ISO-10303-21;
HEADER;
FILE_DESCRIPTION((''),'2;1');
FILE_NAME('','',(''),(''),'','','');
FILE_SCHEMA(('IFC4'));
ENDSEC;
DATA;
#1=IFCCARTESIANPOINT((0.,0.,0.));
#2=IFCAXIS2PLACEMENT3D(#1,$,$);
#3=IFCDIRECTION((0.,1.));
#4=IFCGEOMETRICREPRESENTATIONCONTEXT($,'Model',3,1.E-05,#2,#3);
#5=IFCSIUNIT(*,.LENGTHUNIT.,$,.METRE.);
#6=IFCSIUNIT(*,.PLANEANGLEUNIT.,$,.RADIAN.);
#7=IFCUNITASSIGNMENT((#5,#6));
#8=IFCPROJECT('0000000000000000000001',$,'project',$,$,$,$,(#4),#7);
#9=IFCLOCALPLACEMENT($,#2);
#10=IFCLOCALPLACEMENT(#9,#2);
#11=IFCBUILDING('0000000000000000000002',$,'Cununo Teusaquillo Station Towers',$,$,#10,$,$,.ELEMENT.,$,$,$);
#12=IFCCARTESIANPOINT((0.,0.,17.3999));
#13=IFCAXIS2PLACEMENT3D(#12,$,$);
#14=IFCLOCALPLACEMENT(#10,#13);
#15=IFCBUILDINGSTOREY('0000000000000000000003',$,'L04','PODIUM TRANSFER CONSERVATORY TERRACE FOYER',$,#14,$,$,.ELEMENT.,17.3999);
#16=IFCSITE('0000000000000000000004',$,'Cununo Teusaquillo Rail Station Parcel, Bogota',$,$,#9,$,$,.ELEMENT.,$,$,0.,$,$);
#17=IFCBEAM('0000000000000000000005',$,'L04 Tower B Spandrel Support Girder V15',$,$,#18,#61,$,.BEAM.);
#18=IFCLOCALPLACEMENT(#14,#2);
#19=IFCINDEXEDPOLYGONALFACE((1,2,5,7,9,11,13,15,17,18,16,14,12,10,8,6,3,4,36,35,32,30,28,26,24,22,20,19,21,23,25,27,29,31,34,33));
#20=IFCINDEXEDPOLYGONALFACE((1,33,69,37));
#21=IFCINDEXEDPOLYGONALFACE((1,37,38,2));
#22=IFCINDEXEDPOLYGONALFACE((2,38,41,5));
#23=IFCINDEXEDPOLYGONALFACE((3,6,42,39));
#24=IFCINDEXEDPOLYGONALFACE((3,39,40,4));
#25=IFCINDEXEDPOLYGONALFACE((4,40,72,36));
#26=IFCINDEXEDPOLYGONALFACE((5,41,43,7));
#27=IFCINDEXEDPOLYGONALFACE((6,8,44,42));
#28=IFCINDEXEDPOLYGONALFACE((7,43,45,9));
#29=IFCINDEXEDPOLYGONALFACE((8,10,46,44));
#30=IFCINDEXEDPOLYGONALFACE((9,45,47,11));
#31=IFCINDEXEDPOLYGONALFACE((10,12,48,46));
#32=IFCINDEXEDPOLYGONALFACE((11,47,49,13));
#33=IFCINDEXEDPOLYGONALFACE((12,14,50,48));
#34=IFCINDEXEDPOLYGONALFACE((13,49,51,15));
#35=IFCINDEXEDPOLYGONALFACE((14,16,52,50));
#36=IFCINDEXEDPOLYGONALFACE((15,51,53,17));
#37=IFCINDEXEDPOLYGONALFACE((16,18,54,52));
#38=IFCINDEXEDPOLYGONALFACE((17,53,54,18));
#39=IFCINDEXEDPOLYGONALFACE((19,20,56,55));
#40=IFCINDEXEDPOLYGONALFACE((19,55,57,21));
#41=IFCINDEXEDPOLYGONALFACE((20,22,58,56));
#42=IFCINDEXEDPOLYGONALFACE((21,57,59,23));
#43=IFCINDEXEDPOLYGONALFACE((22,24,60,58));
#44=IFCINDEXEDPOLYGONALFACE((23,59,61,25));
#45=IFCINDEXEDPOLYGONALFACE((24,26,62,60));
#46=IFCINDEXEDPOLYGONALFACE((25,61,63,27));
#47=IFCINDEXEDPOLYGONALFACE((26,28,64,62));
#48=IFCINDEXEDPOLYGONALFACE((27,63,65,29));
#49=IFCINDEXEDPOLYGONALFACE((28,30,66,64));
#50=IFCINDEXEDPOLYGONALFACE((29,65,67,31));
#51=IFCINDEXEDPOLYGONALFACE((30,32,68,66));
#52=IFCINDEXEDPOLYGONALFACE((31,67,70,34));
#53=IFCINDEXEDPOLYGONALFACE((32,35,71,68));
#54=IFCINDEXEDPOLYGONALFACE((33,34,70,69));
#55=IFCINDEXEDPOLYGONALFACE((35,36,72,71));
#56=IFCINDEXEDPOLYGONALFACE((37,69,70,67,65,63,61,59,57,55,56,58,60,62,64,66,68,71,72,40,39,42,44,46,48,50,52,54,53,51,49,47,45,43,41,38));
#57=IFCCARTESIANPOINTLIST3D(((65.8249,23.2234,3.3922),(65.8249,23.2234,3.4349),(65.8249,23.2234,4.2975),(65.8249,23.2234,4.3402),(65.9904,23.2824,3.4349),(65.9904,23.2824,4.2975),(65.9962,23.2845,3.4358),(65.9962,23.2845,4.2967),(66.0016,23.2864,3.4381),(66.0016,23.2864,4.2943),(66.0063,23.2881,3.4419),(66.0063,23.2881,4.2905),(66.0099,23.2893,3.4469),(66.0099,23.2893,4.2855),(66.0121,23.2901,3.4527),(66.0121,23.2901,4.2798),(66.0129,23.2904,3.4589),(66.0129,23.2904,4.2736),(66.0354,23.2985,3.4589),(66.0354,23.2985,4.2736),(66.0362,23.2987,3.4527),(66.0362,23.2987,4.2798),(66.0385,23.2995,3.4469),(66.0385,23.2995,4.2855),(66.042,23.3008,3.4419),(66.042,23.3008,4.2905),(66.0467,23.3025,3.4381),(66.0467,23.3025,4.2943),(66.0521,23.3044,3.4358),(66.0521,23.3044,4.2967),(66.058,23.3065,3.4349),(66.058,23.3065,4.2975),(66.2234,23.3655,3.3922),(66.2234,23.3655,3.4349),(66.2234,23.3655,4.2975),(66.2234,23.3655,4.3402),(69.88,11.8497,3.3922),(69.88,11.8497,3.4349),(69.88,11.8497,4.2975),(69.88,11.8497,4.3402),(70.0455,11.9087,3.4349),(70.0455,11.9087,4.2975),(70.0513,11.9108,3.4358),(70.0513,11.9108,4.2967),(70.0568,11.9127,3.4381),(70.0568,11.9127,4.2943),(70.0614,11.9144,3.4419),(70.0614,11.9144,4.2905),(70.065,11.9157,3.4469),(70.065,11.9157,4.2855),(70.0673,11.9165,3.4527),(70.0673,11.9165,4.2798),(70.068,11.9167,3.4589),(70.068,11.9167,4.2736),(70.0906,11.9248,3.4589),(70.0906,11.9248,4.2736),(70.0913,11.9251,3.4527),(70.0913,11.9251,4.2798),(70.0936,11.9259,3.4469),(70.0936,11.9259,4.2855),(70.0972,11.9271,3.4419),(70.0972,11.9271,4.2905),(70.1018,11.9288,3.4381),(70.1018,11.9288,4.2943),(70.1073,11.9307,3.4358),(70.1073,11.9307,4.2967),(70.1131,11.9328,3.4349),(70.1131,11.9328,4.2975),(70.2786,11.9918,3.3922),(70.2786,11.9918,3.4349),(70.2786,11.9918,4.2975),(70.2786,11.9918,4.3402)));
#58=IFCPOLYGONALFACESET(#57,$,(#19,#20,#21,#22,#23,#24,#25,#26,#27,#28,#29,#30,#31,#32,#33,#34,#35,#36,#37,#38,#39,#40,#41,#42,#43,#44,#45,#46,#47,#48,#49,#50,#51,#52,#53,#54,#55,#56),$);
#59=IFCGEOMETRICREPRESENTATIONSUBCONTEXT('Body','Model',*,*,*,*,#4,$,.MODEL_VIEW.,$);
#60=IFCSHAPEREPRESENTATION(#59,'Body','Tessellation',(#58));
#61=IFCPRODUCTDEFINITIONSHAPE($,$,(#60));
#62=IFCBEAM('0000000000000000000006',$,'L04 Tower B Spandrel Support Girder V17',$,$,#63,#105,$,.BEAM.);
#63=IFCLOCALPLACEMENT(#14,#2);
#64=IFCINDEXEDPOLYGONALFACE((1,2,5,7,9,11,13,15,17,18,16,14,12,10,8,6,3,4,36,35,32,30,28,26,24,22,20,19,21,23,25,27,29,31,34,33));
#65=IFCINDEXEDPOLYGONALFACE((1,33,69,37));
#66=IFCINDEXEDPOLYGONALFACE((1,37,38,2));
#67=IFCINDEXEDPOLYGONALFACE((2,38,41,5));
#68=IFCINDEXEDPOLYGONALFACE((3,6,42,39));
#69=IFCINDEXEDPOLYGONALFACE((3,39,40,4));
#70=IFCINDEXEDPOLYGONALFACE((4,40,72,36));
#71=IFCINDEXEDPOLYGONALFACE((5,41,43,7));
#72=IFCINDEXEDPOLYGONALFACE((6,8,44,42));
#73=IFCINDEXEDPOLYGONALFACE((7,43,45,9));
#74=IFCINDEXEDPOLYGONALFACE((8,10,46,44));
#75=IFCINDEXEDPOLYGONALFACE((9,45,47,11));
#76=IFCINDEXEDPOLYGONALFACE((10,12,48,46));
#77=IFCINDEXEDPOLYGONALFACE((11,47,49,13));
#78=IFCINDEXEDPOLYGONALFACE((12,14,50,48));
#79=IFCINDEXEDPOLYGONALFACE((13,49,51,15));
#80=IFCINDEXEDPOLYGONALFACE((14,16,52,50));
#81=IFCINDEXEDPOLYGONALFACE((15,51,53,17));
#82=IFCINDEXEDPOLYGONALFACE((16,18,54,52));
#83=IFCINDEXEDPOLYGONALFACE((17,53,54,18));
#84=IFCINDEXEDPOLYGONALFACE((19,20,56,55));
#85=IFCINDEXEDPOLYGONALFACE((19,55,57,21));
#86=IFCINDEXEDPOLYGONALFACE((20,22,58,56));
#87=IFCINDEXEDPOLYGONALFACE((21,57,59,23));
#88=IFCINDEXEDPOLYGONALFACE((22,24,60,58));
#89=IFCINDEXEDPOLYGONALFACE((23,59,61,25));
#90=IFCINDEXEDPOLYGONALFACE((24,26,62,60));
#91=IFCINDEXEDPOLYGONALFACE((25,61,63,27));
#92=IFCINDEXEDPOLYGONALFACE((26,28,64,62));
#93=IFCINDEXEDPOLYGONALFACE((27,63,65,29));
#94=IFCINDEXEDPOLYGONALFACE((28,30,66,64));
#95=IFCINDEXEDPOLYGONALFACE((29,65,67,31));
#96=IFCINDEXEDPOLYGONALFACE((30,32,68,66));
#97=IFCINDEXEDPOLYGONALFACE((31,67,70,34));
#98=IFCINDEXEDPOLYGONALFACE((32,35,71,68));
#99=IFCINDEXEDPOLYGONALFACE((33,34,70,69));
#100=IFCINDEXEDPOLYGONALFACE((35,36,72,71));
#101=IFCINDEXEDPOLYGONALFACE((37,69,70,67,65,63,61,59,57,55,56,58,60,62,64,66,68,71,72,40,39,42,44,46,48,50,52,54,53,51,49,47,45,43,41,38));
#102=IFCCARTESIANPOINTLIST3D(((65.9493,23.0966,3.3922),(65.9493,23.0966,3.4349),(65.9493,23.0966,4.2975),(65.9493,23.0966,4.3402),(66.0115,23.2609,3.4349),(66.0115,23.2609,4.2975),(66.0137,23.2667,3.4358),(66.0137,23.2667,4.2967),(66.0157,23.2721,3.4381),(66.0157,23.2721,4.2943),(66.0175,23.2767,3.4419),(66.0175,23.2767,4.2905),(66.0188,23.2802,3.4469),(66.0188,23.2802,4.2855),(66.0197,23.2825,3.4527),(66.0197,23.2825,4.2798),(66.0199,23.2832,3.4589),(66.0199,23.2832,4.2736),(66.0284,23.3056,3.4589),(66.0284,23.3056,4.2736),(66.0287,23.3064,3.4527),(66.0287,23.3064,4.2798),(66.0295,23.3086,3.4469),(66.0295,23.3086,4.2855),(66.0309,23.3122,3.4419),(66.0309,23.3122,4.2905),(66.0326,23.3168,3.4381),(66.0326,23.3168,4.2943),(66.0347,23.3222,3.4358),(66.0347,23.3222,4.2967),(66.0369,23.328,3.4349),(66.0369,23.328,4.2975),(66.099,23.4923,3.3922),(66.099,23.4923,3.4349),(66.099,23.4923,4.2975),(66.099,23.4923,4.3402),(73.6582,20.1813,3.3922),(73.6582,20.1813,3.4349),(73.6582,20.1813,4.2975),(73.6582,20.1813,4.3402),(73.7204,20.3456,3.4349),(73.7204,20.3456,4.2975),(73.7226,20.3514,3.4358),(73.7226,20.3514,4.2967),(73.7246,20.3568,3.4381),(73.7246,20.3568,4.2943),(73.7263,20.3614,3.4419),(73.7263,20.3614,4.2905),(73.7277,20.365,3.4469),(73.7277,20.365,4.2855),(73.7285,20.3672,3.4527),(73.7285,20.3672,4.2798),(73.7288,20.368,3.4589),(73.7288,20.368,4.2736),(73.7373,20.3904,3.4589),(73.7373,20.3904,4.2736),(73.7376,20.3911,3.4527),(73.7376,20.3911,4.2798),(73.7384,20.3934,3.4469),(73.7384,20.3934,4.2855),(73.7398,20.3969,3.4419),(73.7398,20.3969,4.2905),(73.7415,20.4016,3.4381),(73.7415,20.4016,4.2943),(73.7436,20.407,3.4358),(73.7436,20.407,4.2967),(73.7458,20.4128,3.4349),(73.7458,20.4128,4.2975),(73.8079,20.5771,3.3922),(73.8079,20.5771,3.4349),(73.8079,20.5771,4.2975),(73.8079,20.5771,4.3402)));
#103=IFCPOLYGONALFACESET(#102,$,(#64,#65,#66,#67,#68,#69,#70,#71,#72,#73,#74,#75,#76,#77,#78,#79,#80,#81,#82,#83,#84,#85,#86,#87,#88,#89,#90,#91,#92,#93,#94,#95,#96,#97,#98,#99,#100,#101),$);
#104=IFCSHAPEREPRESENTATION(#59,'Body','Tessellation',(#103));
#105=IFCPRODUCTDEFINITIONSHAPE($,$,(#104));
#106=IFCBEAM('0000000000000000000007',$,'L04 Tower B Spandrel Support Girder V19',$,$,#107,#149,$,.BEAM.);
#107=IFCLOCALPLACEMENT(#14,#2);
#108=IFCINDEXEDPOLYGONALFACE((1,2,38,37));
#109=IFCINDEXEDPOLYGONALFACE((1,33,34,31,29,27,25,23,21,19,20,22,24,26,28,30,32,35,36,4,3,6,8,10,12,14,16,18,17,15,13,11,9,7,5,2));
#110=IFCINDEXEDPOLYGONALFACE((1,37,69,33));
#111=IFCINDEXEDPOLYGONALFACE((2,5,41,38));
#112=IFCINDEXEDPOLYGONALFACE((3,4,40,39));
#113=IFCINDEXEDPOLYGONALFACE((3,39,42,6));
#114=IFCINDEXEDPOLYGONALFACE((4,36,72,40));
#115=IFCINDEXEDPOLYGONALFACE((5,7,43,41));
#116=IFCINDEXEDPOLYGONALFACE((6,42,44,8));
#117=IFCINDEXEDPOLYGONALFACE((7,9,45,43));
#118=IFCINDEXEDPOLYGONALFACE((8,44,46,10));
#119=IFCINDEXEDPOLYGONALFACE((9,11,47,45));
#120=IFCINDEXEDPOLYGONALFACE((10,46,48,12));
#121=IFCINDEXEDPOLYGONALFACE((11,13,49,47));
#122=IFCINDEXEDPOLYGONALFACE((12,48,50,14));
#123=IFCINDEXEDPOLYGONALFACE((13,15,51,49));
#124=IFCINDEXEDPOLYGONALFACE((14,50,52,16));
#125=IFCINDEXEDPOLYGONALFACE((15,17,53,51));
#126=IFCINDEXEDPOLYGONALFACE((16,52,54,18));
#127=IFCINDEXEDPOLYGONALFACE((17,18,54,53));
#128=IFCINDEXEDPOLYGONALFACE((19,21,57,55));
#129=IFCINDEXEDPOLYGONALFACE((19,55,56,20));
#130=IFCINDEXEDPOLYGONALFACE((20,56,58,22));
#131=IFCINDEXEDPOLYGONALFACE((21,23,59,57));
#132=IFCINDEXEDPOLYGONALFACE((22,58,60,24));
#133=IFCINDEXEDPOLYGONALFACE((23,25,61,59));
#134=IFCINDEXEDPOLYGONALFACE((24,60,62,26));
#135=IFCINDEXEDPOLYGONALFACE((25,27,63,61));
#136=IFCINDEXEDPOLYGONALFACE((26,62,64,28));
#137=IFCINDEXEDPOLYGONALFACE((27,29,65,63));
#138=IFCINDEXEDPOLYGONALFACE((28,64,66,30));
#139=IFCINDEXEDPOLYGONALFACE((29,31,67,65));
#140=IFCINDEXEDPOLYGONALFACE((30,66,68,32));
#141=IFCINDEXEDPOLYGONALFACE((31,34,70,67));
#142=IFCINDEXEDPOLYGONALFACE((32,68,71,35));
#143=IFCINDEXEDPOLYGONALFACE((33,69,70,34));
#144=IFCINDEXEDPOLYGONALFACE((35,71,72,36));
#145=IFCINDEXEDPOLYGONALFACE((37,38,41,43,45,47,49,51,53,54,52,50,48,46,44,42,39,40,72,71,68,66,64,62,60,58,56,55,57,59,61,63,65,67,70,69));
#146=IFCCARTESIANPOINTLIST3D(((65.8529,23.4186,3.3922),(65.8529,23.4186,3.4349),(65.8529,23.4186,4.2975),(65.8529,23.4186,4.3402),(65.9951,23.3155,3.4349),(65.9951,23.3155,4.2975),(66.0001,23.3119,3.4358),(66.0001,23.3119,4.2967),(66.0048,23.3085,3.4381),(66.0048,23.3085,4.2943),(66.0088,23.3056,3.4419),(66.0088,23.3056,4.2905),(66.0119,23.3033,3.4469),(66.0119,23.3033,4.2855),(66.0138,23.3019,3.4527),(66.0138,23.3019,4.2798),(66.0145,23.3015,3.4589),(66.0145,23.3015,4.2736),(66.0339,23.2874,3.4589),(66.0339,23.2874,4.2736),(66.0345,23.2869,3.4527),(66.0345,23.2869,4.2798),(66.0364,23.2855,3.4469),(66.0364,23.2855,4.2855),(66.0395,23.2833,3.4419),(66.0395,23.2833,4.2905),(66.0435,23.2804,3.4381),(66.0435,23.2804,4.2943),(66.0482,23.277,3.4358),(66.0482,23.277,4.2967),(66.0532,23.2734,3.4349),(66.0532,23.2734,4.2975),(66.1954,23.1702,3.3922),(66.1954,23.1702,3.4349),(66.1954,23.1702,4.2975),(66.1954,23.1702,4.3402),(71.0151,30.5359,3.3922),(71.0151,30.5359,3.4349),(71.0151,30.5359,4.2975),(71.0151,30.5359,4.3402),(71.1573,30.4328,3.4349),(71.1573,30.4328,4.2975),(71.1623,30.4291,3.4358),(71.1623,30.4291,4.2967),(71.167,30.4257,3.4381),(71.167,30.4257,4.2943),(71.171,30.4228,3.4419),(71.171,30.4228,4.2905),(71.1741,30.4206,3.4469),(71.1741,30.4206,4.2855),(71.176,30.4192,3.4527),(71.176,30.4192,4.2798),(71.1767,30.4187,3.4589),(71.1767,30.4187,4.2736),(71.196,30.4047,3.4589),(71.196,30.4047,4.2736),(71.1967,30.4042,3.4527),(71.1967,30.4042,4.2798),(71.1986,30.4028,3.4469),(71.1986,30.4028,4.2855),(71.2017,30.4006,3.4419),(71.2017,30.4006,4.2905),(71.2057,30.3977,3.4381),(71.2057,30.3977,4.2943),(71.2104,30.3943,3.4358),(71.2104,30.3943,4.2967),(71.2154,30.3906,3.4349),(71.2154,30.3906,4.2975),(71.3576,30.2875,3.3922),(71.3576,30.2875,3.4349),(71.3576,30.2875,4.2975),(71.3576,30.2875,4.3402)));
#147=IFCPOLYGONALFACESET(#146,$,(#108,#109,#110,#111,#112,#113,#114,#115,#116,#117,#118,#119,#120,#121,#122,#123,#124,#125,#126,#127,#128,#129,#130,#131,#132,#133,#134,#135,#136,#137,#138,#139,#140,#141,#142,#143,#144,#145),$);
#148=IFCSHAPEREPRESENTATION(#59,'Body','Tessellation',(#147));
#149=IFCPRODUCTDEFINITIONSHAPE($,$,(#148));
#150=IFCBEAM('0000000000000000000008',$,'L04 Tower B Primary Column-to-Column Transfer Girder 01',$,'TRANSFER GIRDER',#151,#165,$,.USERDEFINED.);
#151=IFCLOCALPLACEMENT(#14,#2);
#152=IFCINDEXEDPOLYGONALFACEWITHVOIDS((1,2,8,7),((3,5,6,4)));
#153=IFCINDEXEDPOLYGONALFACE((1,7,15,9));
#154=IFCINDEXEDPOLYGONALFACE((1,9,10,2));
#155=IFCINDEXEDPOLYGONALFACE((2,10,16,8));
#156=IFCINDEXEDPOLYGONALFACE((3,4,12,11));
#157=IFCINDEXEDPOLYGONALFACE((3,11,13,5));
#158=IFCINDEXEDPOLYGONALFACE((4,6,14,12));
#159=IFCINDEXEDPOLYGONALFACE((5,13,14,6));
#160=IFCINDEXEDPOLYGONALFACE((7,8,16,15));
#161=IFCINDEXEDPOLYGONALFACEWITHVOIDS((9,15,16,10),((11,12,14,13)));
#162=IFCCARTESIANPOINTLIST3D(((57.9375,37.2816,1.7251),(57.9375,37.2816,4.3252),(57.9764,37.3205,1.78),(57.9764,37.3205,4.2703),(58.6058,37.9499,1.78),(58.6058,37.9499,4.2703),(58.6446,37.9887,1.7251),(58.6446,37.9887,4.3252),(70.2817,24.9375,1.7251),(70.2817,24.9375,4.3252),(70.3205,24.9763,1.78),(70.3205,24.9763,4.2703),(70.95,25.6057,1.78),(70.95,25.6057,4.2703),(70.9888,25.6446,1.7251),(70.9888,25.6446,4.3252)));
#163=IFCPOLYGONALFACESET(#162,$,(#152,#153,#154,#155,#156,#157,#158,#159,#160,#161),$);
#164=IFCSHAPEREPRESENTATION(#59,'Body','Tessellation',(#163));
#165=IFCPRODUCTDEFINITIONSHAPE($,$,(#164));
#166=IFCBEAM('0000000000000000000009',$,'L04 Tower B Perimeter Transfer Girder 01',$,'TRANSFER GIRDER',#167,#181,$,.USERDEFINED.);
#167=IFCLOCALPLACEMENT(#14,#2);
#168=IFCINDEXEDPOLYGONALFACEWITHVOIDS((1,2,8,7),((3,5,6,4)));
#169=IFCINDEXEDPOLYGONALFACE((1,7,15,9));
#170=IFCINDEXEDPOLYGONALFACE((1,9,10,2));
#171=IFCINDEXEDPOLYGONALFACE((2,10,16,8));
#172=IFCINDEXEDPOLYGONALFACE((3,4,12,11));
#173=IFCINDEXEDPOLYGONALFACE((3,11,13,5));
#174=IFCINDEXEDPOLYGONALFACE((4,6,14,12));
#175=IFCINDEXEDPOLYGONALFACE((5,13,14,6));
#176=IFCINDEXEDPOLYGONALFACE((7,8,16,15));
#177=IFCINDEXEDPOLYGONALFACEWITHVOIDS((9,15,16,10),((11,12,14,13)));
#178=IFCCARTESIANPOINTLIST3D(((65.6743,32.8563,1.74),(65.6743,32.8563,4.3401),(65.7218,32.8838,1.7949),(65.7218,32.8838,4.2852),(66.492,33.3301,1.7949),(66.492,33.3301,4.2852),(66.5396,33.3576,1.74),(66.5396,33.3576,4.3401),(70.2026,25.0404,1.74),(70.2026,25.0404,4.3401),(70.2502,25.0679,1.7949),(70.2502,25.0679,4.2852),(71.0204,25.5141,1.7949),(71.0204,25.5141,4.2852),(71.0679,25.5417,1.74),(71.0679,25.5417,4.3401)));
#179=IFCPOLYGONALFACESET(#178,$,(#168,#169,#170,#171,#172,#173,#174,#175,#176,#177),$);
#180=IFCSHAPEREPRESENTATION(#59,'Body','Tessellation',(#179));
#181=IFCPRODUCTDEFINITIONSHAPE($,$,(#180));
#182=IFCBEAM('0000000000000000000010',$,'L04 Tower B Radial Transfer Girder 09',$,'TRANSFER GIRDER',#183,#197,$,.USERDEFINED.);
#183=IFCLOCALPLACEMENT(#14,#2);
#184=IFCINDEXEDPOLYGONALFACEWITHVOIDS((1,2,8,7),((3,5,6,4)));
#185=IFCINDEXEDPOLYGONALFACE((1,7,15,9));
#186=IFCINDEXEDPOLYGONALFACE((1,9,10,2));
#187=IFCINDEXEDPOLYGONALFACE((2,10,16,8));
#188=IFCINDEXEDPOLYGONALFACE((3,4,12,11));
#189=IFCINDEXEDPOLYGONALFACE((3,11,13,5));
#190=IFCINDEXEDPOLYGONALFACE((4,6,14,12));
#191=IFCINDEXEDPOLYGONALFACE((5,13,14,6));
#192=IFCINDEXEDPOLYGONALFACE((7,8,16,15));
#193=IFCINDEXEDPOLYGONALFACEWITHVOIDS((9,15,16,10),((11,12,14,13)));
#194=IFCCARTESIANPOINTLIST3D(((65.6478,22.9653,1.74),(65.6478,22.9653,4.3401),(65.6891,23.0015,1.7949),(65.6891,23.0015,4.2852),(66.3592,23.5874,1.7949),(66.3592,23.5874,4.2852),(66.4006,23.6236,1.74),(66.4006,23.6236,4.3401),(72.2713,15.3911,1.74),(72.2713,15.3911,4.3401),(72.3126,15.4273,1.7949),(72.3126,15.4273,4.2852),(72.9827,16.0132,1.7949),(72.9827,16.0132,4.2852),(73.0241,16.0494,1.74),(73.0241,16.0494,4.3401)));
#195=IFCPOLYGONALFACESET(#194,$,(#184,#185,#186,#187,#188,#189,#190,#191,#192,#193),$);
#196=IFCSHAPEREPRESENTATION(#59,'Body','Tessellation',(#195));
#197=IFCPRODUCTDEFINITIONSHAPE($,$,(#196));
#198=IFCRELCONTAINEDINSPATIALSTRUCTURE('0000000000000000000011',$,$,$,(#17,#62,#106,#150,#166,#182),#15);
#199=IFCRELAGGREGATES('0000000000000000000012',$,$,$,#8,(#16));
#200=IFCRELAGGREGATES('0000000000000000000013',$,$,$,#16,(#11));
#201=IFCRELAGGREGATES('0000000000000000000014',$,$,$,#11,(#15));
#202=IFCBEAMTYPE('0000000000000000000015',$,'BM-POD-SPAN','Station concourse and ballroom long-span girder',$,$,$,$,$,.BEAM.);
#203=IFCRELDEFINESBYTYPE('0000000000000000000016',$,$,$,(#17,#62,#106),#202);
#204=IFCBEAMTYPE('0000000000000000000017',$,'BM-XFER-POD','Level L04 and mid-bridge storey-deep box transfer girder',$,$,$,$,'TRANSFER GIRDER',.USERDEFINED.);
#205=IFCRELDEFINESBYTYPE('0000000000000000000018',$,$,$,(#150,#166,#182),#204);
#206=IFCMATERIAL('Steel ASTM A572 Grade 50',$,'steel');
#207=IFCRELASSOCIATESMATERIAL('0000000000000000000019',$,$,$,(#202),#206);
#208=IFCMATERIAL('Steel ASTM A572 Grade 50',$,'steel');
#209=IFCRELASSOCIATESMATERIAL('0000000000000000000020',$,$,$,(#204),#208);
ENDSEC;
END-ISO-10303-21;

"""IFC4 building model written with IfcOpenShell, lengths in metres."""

from ifc_helpers import new_model, si_unit, direction, frame, origin, origin_2d, place, context, subcontext, project, spatial, hollow_rectangle, i_section, extrude, material, material_profile, profile_set, type_object, element, save


model = new_model("IFC4")

# Units and contexts
model_context = context("Model", 3, precision=1e-05, world=origin(), true_north=direction((0.0, 1.0)))
body_context = subcontext(model_context, "Body", "Model", "MODEL_VIEW")
ifc_project = project(units=[si_unit("LENGTHUNIT", "METRE"), si_unit("PLANEANGLEUNIT", "RADIAN")], contexts=[model_context])

# Site, building, storey
site_placement = place(None, origin())
site = spatial("IfcSite", under=ifc_project, at=site_placement, Name="Cununo Teusaquillo Rail Station Parcel, Bogota", CompositionType="ELEMENT", RefElevation=0.0)
building_placement = place(site_placement, origin())
building = spatial("IfcBuilding", under=site, at=building_placement, Name="Cununo Teusaquillo Station Towers", CompositionType="ELEMENT")
storey_placement = place(building_placement, frame((0.0, 0.0, 17.3999)))
storey = spatial("IfcBuildingStorey", under=building, at=storey_placement, Name="L04", Description="PODIUM TRANSFER CONSERVATORY TERRACE FOYER", CompositionType="ELEMENT", Elevation=17.3999)

# Beams
ifc_material_1 = material(Name="Steel ASTM A572 Grade 50", Category="steel")
ifc_material_profile_1 = material_profile(ifc_material_1, i_section(OverallWidth=0.4231, OverallDepth=0.948, WebThickness=0.0239, FlangeThickness=0.0427, FilletRadius=0.0239, at=origin_2d()), Name="W36X302")
ifc_profile_set_1 = profile_set([ifc_material_profile_1], Name="Steel ASTM A572 Grade 50")
beam_type_1 = type_object("IfcBeamType", Name="BM-POD-SPAN", Description="Station concourse and ballroom long-span girder", PredefinedType="BEAM", material=ifc_profile_set_1)
beam_1_placement = place(storey_placement, frame((66.0242, 23.2944, 3.8662), z_axis=(0.33583, -0.941922, 0.0), x_axis=(0.941922, 0.33583, 0.0)))
element("IfcBeam", 1, at=beam_1_placement, inside=storey, type_object=beam_type_1, Name="L04 Tower B Spandrel Support Girder V15", PredefinedType="BEAM", context=body_context, shape_type="SweptSolid", body=[
    extrude(i_section(OverallWidth=0.4231, OverallDepth=0.948, WebThickness=0.0239, FlangeThickness=0.0427, FilletRadius=0.0239, at=origin_2d()), origin(), (0.0, 0.0, 1.0), 12.075),
])
beam_2_placement = place(storey_placement, frame((66.0242, 23.2944, 3.8662), z_axis=(0.935352, -0.353719, 0.0), x_axis=(0.353719, 0.935352, 0.0)))
element("IfcBeam", 2, at=beam_2_placement, inside=storey, type_object=beam_type_1, Name="L04 Tower B Spandrel Support Girder V17", PredefinedType="BEAM", context=body_context, shape_type="SweptSolid", body=[
    extrude(i_section(OverallWidth=0.4231, OverallDepth=0.948, WebThickness=0.0239, FlangeThickness=0.0427, FilletRadius=0.0239, at=origin_2d()), origin(), (0.0, 0.0, 1.0), 8.2417),
])
beam_3_placement = place(storey_placement, frame((66.0242, 23.2944, 3.8662), z_axis=(0.587128, 0.809494, 0.0), x_axis=(-0.809494, 0.587128, 0.0)))
element("IfcBeam", 3, at=beam_3_placement, inside=storey, type_object=beam_type_1, Name="L04 Tower B Spandrel Support Girder V19", PredefinedType="BEAM", context=body_context, shape_type="SweptSolid", body=[
    extrude(i_section(OverallWidth=0.4231, OverallDepth=0.948, WebThickness=0.0239, FlangeThickness=0.0427, FilletRadius=0.0239, at=origin_2d()), origin(), (0.0, 0.0, 1.0), 8.7922),
])
ifc_material_2 = material(Name="Steel ASTM A572 Grade 50", Category="steel")
ifc_material_profile_2 = material_profile(ifc_material_2, hollow_rectangle(XDim=1.0, YDim=2.6001, WallThickness=0.0549, at=origin_2d()), Name="BOX 2600x1000x55")
ifc_profile_set_2 = profile_set([ifc_material_profile_2], Name="Steel ASTM A572 Grade 50")
beam_type_2 = type_object("IfcBeamType", Name="BM-XFER-POD", Description="Level L04 and mid-bridge storey-deep box transfer girder", ElementType="TRANSFER GIRDER", PredefinedType="USERDEFINED", material=ifc_profile_set_2)
beam_4_placement = place(storey_placement, frame((70.6353, 25.291, 3.0251), z_axis=(-0.707107, 0.707107, 0.0), x_axis=(-0.707107, -0.707107, 0.0)))
element("IfcBeam", 4, at=beam_4_placement, inside=storey, type_object=beam_type_2, Name="L04 Tower B Primary Column-to-Column Transfer Girder 01", ObjectType="TRANSFER GIRDER", PredefinedType="USERDEFINED", context=body_context, shape_type="SweptSolid", body=[
    extrude(hollow_rectangle(XDim=1.0, YDim=2.6001, WallThickness=0.0549, at=origin_2d()), origin(), (0.0, 0.0, 1.0), 17.4573),
])
beam_5_placement = place(storey_placement, frame((70.6353, 25.291, 3.04), z_axis=(-0.501311, 0.865267, 0.0), x_axis=(-0.865267, -0.501311, 0.0)))
element("IfcBeam", 5, at=beam_5_placement, inside=storey, type_object=beam_type_2, Name="L04 Tower B Perimeter Transfer Girder 01", ObjectType="TRANSFER GIRDER", PredefinedType="USERDEFINED", context=body_context, shape_type="SweptSolid", body=[
    extrude(hollow_rectangle(XDim=1.0, YDim=2.6001, WallThickness=0.0549, at=origin_2d()), origin(), (0.0, 0.0, 1.0), 9.033),
])
beam_6_placement = place(storey_placement, frame((66.0242, 23.2944, 3.04), z_axis=(0.658285, -0.752769, 0.0), x_axis=(0.752769, 0.658285, 0.0)))
element("IfcBeam", 6, at=beam_6_placement, inside=storey, type_object=beam_type_2, Name="L04 Tower B Radial Transfer Girder 09", ObjectType="TRANSFER GIRDER", PredefinedType="USERDEFINED", context=body_context, shape_type="SweptSolid", body=[
    extrude(hollow_rectangle(XDim=1.0, YDim=2.6001, WallThickness=0.0549, at=origin_2d()), origin(), (0.0, 0.0, 1.0), 10.0618),
])

save(model, "model.ifc")
